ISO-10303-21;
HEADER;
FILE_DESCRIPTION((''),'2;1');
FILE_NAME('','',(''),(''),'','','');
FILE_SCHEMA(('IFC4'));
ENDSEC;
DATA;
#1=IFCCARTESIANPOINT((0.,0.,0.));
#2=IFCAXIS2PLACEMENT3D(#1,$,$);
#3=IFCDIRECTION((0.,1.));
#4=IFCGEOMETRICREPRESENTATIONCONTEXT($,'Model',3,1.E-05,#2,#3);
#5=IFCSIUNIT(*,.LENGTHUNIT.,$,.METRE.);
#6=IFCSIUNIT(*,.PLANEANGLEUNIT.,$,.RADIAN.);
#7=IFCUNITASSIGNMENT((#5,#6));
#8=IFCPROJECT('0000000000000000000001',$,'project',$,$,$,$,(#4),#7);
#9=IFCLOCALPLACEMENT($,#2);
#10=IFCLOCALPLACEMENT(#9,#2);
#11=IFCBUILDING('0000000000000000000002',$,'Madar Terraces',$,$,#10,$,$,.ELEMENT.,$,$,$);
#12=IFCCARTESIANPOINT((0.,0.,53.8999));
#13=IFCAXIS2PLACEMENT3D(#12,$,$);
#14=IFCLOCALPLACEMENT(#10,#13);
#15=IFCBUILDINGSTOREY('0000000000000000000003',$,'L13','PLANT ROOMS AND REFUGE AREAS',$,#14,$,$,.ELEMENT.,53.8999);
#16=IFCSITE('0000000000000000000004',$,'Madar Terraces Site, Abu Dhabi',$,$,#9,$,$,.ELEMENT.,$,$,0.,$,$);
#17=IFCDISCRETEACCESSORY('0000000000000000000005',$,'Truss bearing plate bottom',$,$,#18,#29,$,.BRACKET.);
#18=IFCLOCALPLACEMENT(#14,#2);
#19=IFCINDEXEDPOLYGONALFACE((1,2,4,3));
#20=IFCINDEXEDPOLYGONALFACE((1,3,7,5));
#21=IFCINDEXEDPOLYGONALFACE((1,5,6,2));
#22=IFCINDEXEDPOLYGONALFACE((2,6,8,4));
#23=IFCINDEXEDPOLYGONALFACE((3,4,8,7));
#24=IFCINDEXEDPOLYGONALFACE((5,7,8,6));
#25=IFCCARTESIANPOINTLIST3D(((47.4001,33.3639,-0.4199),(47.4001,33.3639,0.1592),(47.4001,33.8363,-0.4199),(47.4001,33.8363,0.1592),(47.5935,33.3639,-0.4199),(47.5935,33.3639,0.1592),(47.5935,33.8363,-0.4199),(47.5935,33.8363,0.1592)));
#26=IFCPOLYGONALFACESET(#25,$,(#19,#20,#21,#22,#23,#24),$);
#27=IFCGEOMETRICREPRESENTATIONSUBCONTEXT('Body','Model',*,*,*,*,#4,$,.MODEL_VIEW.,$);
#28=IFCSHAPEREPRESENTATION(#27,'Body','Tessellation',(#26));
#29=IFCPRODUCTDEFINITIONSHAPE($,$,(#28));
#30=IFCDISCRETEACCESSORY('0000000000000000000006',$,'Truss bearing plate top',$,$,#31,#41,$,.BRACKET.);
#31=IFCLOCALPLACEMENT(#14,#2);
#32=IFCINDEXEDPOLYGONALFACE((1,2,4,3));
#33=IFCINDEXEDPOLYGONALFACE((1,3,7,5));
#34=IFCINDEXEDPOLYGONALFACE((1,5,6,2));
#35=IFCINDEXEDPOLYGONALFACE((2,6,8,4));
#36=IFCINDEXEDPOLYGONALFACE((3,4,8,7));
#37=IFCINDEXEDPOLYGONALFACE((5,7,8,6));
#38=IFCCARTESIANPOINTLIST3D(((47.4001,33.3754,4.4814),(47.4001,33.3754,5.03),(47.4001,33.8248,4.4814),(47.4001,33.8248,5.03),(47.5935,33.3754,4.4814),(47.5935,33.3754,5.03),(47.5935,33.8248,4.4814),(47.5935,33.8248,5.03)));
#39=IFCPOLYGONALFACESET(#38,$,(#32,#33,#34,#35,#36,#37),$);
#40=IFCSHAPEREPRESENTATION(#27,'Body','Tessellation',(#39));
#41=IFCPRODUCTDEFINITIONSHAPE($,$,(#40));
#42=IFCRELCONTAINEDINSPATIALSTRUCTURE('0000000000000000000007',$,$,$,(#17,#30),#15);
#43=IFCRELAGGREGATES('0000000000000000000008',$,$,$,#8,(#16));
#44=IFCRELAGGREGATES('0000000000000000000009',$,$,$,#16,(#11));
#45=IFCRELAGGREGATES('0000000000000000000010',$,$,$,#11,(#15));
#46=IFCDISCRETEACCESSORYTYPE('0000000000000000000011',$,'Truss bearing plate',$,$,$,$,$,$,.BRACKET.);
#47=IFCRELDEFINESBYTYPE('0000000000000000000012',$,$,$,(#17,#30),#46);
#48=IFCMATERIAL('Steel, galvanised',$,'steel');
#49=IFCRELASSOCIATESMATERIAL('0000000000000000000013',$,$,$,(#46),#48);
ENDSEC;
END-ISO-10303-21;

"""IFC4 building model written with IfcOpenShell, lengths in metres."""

from ifc_helpers import new_model, si_unit, direction, frame, origin, origin_2d, place, context, subcontext, project, spatial, rectangle, extrude, material, type_object, element, save


model = new_model("IFC4")

# Units and contexts
model_context = context("Model", 3, precision=1e-05, world=origin(), true_north=direction((0.0, 1.0)))
body_context = subcontext(model_context, "Body", "Model", "MODEL_VIEW")
ifc_project = project(units=[si_unit("LENGTHUNIT", "METRE"), si_unit("PLANEANGLEUNIT", "RADIAN")], contexts=[model_context])

# Site, building, storey
site_placement = place(None, origin())
site = spatial("IfcSite", under=ifc_project, at=site_placement, Name="Madar Terraces Site, Abu Dhabi", CompositionType="ELEMENT", RefElevation=0.0)
building_placement = place(site_placement, origin())
building = spatial("IfcBuilding", under=site, at=building_placement, Name="Madar Terraces", CompositionType="ELEMENT")
storey_placement = place(building_placement, frame((0.0, 0.0, 53.8999)))
storey = spatial("IfcBuildingStorey", under=building, at=storey_placement, Name="L13", Description="PLANT ROOMS AND REFUGE AREAS", CompositionType="ELEMENT", Elevation=53.8999)

# Discrete accessories
ifc_material_1 = material(Name="Steel, galvanised", Category="steel")
discrete_accessory_type = type_object("IfcDiscreteAccessoryType", Name="Truss bearing plate", PredefinedType="BRACKET", material=ifc_material_1)
discrete_accessory_1_placement = place(storey_placement, frame((47.4968, 33.6001, -0.4199), z_axis=(0.0, 0.0, 1.0), x_axis=(1.0, 0.0, 0.0)))
element("IfcDiscreteAccessory", 1, at=discrete_accessory_1_placement, inside=storey, type_object=discrete_accessory_type, Name="Truss bearing plate bottom", PredefinedType="BRACKET", context=body_context, shape_type="SweptSolid", body=[
    extrude(rectangle(XDim=0.1934, YDim=0.4724, at=origin_2d()), origin(), (0.0, 0.0, 1.0), 0.5791),
])
discrete_accessory_2_placement = place(storey_placement, frame((47.4968, 33.6001, 4.4814), z_axis=(0.0, 0.0, 1.0), x_axis=(1.0, 0.0, 0.0)))
element("IfcDiscreteAccessory", 2, at=discrete_accessory_2_placement, inside=storey, type_object=discrete_accessory_type, Name="Truss bearing plate top", PredefinedType="BRACKET", context=body_context, shape_type="SweptSolid", body=[
    extrude(rectangle(XDim=0.1934, YDim=0.4495, at=origin_2d()), origin(), (0.0, 0.0, 1.0), 0.5486),
])

save(model, "model.ifc")
